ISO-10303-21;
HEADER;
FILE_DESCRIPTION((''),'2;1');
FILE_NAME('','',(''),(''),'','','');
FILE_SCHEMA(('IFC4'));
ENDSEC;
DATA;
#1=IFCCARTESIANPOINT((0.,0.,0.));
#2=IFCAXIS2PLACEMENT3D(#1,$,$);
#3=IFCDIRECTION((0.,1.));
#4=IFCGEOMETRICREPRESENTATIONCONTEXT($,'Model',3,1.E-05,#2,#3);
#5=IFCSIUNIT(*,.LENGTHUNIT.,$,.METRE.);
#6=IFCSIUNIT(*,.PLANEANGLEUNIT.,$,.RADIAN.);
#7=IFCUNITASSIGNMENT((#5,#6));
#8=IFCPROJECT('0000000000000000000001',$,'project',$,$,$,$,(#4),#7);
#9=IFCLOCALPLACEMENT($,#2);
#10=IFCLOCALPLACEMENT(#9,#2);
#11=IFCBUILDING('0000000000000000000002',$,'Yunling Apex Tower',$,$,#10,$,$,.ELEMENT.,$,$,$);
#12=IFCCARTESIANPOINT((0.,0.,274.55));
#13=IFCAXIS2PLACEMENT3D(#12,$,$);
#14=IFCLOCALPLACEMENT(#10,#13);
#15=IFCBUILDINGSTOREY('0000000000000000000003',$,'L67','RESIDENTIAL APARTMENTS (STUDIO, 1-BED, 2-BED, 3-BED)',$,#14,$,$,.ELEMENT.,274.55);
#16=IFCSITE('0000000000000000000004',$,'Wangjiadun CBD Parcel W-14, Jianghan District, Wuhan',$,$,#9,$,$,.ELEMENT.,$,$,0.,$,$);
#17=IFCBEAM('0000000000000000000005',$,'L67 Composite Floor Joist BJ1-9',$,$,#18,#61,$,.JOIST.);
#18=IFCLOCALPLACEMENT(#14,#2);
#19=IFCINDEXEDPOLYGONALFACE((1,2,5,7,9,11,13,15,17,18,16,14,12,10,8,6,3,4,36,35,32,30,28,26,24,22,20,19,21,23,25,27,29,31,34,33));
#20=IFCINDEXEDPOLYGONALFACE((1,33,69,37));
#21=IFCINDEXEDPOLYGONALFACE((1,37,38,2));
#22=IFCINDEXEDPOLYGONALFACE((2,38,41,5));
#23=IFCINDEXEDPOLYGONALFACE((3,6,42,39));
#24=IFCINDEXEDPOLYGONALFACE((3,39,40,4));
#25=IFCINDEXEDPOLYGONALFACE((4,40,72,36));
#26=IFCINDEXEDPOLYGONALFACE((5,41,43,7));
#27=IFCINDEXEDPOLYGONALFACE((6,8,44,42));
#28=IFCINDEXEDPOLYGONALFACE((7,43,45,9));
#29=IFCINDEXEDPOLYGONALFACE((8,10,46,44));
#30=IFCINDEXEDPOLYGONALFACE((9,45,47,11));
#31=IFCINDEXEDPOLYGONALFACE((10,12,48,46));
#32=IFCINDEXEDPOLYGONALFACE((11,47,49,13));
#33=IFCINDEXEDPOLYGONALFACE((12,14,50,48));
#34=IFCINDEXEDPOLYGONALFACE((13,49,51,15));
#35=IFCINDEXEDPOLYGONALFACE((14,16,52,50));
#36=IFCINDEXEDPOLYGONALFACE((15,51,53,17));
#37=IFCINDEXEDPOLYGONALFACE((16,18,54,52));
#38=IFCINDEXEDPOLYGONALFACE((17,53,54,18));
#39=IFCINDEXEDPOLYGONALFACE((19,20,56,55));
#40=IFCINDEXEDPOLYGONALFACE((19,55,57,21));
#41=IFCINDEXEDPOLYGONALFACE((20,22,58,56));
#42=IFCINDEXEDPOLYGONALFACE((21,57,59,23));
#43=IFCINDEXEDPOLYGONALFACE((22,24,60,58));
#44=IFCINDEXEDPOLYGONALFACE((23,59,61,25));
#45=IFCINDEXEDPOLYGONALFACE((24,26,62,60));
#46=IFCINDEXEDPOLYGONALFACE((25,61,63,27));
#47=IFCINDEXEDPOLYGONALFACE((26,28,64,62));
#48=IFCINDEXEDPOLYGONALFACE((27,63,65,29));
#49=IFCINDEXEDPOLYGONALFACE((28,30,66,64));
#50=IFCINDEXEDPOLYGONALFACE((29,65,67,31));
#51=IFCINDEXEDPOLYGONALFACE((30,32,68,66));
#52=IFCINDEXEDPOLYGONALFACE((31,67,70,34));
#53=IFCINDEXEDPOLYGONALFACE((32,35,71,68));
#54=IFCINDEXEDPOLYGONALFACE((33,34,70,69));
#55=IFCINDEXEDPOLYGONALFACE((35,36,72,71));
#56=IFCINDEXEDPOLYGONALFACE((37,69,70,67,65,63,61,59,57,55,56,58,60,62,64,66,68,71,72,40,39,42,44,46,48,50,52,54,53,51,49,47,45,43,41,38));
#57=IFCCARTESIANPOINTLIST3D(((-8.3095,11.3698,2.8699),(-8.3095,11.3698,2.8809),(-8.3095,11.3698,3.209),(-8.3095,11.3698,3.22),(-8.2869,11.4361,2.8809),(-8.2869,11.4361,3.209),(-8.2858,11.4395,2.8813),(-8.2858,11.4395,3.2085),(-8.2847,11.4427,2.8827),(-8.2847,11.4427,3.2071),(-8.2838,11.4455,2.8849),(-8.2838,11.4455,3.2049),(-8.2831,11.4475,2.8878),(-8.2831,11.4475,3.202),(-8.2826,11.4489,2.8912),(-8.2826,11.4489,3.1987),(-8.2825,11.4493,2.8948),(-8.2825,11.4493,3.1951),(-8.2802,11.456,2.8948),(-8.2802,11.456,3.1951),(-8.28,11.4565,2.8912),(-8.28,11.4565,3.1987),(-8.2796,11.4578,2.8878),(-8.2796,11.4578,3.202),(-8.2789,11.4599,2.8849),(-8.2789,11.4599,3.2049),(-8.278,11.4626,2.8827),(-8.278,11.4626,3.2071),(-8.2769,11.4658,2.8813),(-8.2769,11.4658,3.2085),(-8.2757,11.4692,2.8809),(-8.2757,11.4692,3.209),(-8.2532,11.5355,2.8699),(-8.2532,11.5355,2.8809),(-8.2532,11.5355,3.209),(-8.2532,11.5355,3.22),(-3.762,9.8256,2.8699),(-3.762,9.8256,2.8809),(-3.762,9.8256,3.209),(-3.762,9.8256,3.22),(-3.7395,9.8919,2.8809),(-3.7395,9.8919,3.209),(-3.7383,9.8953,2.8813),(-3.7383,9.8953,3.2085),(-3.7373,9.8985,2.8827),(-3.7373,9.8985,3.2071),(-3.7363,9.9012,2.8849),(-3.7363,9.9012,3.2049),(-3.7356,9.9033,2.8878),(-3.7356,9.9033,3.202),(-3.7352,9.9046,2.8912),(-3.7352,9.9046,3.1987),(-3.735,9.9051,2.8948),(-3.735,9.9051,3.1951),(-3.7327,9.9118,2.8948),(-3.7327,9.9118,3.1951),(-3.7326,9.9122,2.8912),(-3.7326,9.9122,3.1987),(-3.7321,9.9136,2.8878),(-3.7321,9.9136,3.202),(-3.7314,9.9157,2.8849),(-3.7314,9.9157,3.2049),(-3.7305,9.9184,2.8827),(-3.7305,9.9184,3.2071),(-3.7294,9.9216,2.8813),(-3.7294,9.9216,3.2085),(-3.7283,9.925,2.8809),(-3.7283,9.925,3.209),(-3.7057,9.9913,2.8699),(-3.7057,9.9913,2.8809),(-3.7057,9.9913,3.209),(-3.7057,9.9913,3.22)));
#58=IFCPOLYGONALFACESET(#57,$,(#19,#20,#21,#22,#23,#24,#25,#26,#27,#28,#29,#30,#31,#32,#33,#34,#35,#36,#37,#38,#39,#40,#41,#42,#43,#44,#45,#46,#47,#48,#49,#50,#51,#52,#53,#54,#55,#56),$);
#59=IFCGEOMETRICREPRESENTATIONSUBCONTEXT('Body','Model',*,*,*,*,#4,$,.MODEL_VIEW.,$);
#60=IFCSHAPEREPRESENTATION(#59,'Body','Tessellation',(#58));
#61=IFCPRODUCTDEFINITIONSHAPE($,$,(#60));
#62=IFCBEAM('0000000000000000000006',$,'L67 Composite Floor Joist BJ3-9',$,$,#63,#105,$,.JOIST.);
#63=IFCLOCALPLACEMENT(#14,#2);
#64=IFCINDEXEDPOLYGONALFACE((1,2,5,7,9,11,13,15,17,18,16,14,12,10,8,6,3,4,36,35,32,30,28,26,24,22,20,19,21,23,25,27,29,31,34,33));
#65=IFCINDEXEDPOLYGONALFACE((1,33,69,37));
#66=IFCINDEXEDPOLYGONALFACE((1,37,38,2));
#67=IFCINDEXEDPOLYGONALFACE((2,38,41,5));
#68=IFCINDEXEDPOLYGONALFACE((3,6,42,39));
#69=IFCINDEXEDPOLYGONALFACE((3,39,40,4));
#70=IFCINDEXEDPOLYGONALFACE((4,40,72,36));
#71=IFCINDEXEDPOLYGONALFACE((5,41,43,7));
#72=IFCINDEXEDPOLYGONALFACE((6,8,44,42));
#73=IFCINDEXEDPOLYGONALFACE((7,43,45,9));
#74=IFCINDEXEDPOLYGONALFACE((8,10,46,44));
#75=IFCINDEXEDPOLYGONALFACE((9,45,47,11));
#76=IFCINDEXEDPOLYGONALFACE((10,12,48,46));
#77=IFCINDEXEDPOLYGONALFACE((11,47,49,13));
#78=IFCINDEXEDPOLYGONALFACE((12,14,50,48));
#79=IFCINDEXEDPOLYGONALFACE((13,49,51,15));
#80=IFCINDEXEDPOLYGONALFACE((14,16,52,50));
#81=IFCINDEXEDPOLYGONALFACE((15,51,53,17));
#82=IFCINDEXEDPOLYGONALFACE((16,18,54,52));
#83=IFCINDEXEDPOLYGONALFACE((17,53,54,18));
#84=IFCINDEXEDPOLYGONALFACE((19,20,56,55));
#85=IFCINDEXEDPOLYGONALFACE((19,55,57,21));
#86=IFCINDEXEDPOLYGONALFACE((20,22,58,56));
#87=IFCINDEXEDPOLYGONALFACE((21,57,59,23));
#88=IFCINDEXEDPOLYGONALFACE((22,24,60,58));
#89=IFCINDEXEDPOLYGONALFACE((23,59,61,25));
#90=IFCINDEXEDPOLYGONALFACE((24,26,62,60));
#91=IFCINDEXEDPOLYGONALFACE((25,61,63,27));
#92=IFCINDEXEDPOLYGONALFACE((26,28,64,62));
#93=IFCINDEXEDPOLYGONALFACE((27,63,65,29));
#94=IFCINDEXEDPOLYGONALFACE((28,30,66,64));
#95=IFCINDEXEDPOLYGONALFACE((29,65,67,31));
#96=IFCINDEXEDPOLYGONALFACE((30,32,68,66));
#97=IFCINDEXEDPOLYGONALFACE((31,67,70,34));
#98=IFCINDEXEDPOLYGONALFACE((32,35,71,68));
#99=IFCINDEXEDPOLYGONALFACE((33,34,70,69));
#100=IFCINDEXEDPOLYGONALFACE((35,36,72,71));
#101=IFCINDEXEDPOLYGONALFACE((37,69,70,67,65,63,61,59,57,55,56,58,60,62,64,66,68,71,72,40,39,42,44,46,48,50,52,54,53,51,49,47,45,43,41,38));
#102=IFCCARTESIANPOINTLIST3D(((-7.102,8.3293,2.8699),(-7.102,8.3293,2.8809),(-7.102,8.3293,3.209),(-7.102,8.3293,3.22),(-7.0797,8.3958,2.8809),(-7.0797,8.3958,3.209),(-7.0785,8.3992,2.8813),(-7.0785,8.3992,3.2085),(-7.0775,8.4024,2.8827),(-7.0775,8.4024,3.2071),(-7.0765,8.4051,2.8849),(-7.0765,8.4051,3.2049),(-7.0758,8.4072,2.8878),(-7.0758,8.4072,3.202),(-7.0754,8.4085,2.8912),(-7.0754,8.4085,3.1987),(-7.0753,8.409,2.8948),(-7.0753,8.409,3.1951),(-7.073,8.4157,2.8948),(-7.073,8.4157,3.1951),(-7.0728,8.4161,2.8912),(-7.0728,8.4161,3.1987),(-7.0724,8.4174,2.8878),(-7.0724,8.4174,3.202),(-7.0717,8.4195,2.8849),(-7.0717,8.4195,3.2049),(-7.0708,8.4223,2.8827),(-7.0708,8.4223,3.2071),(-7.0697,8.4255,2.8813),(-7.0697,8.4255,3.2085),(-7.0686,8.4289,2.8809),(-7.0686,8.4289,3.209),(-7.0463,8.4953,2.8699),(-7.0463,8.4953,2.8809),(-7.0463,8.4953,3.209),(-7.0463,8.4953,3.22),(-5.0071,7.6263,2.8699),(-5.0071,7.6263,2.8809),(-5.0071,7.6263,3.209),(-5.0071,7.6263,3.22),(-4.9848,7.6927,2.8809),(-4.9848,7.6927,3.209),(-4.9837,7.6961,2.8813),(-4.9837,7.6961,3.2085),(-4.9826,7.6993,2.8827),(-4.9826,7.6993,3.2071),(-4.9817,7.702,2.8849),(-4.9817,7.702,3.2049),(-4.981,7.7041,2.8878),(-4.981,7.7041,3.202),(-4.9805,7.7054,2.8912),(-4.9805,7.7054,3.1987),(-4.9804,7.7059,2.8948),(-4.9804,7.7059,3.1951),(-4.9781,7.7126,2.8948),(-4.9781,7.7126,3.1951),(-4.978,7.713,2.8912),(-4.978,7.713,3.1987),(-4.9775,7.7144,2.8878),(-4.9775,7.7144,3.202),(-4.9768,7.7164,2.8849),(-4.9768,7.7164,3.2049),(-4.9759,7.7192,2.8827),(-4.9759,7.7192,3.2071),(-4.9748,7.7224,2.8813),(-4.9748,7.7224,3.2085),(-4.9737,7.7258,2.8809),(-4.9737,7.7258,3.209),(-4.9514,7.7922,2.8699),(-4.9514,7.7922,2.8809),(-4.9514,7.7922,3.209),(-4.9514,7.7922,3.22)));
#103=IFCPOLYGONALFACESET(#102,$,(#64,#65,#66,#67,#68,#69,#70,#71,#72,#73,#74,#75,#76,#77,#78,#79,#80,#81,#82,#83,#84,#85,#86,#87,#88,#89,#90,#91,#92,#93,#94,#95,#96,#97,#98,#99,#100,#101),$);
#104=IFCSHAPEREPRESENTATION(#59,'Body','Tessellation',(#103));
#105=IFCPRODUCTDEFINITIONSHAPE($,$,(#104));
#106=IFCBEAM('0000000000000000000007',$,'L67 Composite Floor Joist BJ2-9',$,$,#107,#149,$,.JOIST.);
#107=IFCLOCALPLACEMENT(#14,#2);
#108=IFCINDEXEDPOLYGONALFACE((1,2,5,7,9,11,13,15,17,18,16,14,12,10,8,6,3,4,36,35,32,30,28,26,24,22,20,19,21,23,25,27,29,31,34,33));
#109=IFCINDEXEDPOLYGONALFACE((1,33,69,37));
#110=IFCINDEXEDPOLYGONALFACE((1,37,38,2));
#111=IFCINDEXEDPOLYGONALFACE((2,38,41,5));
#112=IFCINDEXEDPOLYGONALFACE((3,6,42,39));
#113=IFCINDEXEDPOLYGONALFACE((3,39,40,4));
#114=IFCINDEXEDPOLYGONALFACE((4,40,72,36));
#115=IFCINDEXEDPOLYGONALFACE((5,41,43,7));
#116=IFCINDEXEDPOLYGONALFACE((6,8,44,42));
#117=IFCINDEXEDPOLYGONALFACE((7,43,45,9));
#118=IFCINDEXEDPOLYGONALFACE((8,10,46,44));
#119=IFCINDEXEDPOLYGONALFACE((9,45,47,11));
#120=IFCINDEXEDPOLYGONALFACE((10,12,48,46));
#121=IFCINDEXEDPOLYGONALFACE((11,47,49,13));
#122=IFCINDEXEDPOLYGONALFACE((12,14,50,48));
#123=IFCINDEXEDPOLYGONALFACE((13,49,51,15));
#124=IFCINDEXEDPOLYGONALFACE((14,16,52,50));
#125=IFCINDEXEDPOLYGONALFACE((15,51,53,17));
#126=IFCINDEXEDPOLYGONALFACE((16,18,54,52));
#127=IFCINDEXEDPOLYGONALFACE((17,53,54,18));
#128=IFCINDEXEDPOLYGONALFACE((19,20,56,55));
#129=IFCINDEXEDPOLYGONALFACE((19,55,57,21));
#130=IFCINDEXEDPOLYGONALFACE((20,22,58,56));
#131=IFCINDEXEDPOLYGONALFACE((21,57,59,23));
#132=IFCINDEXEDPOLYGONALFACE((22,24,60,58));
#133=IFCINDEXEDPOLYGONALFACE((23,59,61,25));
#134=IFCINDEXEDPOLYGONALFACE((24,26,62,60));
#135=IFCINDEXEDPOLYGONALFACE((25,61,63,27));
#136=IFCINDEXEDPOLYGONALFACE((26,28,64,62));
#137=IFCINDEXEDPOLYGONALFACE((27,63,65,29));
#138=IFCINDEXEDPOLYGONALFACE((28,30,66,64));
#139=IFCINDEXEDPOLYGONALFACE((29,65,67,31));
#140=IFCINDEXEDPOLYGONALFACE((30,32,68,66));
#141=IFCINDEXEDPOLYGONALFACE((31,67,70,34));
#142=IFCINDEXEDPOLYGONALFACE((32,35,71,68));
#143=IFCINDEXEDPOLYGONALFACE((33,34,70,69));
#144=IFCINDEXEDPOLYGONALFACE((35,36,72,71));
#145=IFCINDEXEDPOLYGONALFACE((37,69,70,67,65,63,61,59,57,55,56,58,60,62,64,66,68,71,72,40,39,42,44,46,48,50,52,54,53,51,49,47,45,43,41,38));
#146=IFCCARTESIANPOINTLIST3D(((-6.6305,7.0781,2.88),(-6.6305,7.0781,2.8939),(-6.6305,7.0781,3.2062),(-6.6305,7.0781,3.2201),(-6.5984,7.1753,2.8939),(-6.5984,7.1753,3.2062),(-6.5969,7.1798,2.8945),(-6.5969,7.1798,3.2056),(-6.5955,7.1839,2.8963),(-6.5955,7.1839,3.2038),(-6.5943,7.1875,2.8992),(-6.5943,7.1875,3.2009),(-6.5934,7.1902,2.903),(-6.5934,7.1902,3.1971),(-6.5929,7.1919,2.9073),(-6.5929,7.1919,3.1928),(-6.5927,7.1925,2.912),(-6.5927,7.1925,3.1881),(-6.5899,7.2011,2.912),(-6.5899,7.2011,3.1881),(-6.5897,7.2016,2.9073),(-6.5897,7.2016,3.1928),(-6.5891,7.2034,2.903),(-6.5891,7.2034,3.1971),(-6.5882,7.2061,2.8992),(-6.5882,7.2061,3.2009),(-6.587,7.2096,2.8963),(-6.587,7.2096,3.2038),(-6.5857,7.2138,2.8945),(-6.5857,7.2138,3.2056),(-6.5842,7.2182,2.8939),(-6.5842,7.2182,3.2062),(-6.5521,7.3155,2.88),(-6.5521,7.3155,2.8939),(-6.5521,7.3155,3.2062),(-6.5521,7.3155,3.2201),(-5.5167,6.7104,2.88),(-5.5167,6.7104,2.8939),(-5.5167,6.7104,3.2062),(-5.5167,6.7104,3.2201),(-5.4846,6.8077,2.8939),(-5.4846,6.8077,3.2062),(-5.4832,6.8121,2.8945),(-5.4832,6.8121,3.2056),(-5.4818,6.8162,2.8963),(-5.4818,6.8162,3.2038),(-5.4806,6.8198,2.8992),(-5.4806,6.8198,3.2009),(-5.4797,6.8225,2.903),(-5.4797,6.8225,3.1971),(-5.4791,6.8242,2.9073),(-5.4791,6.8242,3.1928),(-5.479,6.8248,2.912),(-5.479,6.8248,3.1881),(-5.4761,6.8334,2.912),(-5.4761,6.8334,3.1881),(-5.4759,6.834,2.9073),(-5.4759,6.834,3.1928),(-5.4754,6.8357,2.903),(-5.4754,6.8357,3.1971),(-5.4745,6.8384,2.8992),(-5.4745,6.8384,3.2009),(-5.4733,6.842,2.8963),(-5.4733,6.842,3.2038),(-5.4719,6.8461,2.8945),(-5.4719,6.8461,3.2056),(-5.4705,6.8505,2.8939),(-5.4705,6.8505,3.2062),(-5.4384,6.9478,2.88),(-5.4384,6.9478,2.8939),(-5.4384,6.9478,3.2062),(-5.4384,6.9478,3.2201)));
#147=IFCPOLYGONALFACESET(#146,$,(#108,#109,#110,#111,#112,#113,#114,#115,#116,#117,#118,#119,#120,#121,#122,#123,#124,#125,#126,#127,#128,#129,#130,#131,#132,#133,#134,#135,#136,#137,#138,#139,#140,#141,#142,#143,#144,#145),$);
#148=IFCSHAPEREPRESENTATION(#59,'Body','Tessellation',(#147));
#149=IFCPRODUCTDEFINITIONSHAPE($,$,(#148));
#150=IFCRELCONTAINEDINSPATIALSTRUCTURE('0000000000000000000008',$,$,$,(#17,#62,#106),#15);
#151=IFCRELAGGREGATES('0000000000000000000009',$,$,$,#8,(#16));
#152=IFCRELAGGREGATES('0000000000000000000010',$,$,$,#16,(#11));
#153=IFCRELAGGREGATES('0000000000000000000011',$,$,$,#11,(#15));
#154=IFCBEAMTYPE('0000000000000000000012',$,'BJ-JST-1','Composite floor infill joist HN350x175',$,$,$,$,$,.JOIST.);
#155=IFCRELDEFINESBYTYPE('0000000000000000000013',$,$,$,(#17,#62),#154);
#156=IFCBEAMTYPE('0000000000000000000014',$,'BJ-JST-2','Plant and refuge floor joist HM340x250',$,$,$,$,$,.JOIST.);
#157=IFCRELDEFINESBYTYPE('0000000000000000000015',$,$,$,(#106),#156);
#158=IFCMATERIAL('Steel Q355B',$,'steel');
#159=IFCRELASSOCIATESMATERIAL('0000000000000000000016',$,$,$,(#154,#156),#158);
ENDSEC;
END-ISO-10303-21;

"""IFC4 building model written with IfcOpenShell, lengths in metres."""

from ifc_helpers import new_model, si_unit, direction, frame, origin, origin_2d, place, context, subcontext, project, spatial, i_section, extrude, source, transform, mapped, material, material_profile, profile_set, type_object, element, save


model = new_model("IFC4")

# Units and contexts
model_context = context("Model", 3, precision=1e-05, world=origin(), true_north=direction((0.0, 1.0)))
body_context = subcontext(model_context, "Body", "Model", "MODEL_VIEW")
ifc_project = project(units=[si_unit("LENGTHUNIT", "METRE"), si_unit("PLANEANGLEUNIT", "RADIAN")], contexts=[model_context])

# Site, building, storey
site_placement = place(None, origin())
site = spatial("IfcSite", under=ifc_project, at=site_placement, Name="Wangjiadun CBD Parcel W-14, Jianghan District, Wuhan", CompositionType="ELEMENT", RefElevation=0.0)
building_placement = place(site_placement, origin())
building = spatial("IfcBuilding", under=site, at=building_placement, Name="Yunling Apex Tower", CompositionType="ELEMENT")
storey_placement = place(building_placement, frame((0.0, 0.0, 274.55)))
storey = spatial("IfcBuildingStorey", under=building, at=storey_placement, Name="L67", Description="RESIDENTIAL APARTMENTS (STUDIO, 1-BED, 2-BED, 3-BED)", CompositionType="ELEMENT", Elevation=274.55)

# Shared definitions
ifc_material_1 = material(Name="Steel Q355B", Category="steel")

# Beams
ifc_material_profile_1 = material_profile(ifc_material_1, i_section(OverallWidth=0.175, OverallDepth=0.3501, WebThickness=0.0071, FlangeThickness=0.011, FilletRadius=0.0139, at=origin_2d()))
ifc_profile_set_1 = profile_set([ifc_material_profile_1], Name="Steel Q355B")
beam_type_1 = type_object("IfcBeamType", Name="BJ-JST-1", Description="Composite floor infill joist HN350x175", PredefinedType="JOIST", material=ifc_profile_set_1)
shared_shape_1 = source(origin(), body_context, "Body", "SweptSolid", [
    extrude(i_section(OverallWidth=0.175, OverallDepth=0.3501, WebThickness=0.0071, FlangeThickness=0.011, FilletRadius=0.0139, at=origin_2d()), origin(), (0.0, 0.0, 1.0), 4.8025),
])
beam_1_placement = place(storey_placement, frame((-3.7339, 9.9084, 3.0449), z_axis=(-0.946894, 0.321545, 0.0), x_axis=(-0.321545, -0.946894, 0.0)))
element("IfcBeam", 1, at=beam_1_placement, inside=storey, type_object=beam_type_1, Name="L67 Composite Floor Joist BJ1-9", PredefinedType="JOIST", context=body_context, shape_type="MappedRepresentation", body=[
    mapped(shared_shape_1, transform((0.0, 0.0, 0.0), scale=1.0)),
])
shared_shape_2 = source(origin(), body_context, "Body", "SweptSolid", [
    extrude(i_section(OverallWidth=0.175, OverallDepth=0.3501, WebThickness=0.0071, FlangeThickness=0.011, FilletRadius=0.0139, at=origin_2d()), origin(), (0.0, 0.0, 1.0), 2.2097),
])
beam_2_placement = place(storey_placement, frame((-4.9792, 7.7092, 3.0449), z_axis=(-0.948029, 0.318183, 0.0), x_axis=(-0.318183, -0.948029, 0.0)))
element("IfcBeam", 2, at=beam_2_placement, inside=storey, type_object=beam_type_1, Name="L67 Composite Floor Joist BJ3-9", PredefinedType="JOIST", context=body_context, shape_type="MappedRepresentation", body=[
    mapped(shared_shape_2, transform((0.0, 0.0, 0.0), scale=1.0)),
])
ifc_material_profile_2 = material_profile(ifc_material_1, i_section(OverallWidth=0.25, OverallDepth=0.3401, WebThickness=0.009, FlangeThickness=0.0139, FilletRadius=0.0181, at=origin_2d()))
ifc_profile_set_2 = profile_set([ifc_material_profile_2], Name="Steel Q355B")
beam_type_2 = type_object("IfcBeamType", Name="BJ-JST-2", Description="Plant and refuge floor joist HM340x250", PredefinedType="JOIST", material=ifc_profile_set_2)
shared_shape_3 = source(origin(), body_context, "Body", "SweptSolid", [
    extrude(i_section(OverallWidth=0.25, OverallDepth=0.3401, WebThickness=0.009, FlangeThickness=0.0139, FilletRadius=0.0181, at=origin_2d()), origin(), (0.0, 0.0, 1.0), 1.1729),
])
beam_3_placement = place(storey_placement, frame((-5.4775, 6.8291, 3.05), z_axis=(-0.949595, 0.313479, 0.0), x_axis=(-0.313479, -0.949595, 0.0)))
element("IfcBeam", 3, at=beam_3_placement, inside=storey, type_object=beam_type_2, Name="L67 Composite Floor Joist BJ2-9", PredefinedType="JOIST", context=body_context, shape_type="MappedRepresentation", body=[
    mapped(shared_shape_3, transform((0.0, 0.0, 0.0), scale=1.0)),
])

save(model, "model.ifc")
